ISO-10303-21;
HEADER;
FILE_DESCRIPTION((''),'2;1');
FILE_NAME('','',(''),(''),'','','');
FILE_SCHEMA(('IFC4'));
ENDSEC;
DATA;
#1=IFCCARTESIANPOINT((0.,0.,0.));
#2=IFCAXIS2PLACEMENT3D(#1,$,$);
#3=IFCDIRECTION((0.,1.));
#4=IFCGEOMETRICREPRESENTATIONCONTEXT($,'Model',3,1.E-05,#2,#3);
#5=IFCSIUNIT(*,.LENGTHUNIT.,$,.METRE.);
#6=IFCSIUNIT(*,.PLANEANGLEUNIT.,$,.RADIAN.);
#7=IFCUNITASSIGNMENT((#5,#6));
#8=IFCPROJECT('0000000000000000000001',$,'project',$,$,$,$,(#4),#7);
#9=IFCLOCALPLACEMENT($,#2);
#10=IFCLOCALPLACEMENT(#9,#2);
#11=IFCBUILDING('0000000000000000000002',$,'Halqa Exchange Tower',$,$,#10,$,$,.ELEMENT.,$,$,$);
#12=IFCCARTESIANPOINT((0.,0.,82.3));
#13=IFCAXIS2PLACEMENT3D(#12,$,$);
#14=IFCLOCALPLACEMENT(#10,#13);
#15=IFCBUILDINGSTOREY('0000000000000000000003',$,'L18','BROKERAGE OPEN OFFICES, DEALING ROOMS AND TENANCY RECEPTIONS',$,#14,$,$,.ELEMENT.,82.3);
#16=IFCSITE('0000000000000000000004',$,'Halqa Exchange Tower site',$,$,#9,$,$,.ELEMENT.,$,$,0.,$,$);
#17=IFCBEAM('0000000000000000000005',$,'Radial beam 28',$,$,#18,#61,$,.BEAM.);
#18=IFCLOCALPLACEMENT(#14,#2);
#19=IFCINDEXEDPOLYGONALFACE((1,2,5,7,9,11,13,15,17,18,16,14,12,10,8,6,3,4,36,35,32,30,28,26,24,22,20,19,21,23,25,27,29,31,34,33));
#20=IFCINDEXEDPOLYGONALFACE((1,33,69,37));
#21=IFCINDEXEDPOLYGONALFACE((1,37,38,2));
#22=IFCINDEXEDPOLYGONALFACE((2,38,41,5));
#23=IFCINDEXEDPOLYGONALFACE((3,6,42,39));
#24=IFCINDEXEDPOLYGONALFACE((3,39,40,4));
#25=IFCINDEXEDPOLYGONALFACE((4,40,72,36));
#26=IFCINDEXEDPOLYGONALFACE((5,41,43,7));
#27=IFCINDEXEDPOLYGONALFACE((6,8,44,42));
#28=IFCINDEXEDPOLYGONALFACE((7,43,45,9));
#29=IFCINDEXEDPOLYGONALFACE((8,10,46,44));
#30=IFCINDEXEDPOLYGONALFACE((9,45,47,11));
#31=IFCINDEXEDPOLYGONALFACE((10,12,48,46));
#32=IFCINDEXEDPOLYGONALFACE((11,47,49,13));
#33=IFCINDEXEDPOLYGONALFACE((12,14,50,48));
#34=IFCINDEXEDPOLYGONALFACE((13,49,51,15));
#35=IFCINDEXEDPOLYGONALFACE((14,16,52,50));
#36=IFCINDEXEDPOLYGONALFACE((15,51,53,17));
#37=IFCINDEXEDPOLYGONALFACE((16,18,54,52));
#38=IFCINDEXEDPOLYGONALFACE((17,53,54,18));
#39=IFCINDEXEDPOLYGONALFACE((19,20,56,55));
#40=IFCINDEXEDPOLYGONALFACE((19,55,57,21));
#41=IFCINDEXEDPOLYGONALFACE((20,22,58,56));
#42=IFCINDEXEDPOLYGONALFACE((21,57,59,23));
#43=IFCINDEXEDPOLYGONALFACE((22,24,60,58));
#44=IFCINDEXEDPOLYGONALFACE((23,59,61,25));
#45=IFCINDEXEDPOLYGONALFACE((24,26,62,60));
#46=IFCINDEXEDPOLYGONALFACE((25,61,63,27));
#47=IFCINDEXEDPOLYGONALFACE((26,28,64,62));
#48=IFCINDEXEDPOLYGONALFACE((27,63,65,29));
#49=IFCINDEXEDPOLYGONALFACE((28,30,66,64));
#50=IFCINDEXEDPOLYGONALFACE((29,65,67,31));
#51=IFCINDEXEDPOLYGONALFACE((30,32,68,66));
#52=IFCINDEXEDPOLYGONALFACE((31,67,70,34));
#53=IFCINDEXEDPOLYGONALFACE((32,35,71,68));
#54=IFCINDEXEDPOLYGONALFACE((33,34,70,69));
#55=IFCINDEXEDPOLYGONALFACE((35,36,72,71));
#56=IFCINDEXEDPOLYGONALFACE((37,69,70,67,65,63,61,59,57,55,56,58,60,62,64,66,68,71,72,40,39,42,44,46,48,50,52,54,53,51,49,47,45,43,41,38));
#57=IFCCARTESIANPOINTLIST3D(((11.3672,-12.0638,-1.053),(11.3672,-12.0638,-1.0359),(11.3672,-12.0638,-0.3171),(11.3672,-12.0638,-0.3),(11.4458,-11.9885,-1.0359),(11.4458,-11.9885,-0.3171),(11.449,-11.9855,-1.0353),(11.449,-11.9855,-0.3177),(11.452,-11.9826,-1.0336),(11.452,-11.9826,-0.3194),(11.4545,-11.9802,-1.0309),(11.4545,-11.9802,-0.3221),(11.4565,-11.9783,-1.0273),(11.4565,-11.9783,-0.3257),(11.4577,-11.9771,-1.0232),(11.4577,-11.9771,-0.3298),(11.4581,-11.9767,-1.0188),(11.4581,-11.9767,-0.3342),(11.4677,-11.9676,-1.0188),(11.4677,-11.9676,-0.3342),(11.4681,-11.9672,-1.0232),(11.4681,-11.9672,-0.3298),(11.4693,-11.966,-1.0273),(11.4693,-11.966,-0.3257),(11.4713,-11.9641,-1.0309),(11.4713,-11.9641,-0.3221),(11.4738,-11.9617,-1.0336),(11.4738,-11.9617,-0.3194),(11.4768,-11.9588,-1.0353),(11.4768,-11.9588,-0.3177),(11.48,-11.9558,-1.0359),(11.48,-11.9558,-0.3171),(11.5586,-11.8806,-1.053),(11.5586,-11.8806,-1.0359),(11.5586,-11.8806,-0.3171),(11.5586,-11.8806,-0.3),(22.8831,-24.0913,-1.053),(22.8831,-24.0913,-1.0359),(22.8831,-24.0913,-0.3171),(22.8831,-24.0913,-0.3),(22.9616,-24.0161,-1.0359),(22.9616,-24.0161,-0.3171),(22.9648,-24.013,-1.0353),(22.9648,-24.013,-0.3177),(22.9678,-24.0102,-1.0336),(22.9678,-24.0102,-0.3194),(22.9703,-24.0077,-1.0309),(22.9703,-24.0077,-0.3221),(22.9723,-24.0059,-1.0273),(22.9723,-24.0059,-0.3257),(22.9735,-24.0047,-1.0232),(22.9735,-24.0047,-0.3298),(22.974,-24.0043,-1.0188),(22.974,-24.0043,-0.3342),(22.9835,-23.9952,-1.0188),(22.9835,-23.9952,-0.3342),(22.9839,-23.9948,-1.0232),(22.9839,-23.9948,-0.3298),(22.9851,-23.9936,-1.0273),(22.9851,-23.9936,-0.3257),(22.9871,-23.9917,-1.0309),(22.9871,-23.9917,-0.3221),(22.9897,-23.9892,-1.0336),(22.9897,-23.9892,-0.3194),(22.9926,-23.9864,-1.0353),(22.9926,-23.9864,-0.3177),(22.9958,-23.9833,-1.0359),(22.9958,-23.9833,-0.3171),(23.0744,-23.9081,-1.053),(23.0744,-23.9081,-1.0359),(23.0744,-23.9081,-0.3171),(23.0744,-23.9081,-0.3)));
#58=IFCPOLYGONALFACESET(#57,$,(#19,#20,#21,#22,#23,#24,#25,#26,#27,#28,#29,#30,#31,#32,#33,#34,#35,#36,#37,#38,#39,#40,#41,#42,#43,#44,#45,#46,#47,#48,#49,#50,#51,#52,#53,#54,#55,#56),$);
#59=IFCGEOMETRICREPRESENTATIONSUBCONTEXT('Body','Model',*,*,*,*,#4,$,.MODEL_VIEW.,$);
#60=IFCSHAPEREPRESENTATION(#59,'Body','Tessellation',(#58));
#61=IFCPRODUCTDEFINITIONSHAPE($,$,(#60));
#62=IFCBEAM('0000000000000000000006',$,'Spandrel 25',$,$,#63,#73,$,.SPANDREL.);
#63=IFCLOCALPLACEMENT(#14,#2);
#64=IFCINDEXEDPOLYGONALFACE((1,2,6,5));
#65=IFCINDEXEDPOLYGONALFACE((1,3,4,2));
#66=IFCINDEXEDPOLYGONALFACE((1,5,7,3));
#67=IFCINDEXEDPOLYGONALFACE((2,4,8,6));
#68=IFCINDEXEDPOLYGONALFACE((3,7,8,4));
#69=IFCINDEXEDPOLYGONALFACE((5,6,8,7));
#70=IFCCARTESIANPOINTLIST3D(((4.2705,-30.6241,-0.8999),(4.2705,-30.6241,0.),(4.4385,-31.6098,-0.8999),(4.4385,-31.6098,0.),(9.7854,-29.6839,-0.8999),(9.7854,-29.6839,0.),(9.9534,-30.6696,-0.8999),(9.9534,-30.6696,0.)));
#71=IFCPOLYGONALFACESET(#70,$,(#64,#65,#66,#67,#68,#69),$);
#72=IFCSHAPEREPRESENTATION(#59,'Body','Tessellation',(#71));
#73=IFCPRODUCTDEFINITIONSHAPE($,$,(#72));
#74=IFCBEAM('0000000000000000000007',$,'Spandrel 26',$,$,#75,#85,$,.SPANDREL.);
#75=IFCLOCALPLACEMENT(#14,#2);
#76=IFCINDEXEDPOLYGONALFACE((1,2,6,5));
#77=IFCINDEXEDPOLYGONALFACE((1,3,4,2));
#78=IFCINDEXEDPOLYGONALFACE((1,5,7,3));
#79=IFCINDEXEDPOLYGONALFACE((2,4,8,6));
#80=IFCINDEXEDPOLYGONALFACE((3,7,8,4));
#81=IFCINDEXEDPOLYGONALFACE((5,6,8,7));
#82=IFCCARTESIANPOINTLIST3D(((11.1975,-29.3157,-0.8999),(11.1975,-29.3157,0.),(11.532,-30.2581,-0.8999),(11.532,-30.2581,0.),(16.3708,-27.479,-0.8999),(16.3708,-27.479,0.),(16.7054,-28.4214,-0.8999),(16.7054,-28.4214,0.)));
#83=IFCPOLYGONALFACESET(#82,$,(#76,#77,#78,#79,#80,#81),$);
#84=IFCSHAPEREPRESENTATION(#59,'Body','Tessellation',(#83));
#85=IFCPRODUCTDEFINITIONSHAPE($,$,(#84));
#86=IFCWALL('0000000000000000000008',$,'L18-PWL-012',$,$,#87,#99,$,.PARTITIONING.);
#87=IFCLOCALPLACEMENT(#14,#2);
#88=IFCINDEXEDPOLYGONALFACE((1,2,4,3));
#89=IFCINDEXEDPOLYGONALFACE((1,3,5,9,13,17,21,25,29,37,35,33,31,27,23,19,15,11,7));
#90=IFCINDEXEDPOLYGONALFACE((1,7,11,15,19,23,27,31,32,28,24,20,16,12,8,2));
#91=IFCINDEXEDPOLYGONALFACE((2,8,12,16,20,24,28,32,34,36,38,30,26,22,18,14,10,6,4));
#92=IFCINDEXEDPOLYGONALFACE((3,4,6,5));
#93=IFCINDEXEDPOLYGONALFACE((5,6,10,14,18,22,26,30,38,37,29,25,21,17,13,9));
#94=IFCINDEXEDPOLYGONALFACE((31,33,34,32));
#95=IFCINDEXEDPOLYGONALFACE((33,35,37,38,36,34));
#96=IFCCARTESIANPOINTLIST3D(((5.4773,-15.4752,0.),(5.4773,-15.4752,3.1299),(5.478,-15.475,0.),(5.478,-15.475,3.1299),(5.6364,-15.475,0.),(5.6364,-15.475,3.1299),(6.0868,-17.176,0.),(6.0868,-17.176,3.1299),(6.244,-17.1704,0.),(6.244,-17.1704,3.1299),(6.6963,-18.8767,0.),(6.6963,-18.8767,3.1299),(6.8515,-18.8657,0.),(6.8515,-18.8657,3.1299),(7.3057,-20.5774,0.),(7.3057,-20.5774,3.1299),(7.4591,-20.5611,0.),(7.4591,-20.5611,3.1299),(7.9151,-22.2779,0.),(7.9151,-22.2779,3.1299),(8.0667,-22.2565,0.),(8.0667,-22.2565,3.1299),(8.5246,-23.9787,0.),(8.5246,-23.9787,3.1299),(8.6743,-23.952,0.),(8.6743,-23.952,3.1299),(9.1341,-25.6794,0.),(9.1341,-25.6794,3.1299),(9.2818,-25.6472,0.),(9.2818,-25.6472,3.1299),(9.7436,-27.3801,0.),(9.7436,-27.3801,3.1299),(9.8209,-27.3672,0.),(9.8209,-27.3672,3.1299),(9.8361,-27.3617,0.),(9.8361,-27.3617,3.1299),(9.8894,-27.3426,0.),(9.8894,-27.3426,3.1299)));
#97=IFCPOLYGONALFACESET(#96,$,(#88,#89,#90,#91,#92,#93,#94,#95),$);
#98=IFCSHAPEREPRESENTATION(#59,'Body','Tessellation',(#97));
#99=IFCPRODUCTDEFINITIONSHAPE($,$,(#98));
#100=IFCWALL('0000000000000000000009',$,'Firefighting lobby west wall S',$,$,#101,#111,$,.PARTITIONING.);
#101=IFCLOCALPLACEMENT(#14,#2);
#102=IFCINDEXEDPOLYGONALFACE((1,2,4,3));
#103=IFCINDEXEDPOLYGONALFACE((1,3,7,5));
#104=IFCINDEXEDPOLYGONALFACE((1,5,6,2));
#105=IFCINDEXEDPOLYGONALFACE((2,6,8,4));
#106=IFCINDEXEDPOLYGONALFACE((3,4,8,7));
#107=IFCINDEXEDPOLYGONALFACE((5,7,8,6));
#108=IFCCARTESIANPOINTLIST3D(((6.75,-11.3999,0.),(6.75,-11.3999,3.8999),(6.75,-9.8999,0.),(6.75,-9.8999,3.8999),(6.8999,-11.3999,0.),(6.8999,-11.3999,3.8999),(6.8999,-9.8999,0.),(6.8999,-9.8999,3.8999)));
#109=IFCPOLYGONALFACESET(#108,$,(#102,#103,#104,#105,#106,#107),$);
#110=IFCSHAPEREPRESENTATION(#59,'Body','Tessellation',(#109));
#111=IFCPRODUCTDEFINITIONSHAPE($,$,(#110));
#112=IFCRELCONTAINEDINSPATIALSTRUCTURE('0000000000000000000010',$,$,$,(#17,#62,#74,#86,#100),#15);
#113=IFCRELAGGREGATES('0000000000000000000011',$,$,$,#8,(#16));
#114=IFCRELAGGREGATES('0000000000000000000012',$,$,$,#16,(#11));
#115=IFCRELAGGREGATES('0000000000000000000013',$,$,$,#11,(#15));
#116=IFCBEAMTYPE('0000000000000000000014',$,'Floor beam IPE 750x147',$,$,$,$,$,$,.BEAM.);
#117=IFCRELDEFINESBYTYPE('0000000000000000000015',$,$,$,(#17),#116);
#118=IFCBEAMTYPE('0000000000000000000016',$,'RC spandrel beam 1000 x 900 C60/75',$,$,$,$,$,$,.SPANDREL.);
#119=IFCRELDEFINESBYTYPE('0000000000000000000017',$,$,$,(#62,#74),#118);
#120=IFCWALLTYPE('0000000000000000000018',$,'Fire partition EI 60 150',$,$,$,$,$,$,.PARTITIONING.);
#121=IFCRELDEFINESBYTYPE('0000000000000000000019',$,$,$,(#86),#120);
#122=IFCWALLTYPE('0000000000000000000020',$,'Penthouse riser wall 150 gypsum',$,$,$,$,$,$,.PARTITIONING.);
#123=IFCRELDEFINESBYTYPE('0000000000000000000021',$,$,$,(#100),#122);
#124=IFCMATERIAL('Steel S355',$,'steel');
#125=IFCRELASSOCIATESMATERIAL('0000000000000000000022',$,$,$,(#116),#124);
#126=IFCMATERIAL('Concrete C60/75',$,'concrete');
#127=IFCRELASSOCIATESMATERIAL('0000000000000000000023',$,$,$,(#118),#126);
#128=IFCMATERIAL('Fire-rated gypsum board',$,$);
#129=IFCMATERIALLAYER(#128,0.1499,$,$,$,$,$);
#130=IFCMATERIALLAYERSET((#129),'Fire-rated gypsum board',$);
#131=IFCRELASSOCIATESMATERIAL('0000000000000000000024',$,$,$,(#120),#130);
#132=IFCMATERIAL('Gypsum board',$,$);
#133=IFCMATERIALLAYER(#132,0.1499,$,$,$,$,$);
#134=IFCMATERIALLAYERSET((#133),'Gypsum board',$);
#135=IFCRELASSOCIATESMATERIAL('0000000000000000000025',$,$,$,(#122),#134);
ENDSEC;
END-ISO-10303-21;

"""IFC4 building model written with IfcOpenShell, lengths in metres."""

from ifc_helpers import new_model, si_unit, direction, frame, frame_2d, origin, origin_2d, place, context, subcontext, project, spatial, polyline, rectangle, i_section, outline, extrude, material, layer, layer_set, material_profile, profile_set, type_object, element, save


model = new_model("IFC4")

# Units and contexts
model_context = context("Model", 3, precision=1e-05, world=origin(), true_north=direction((0.0, 1.0)))
body_context = subcontext(model_context, "Body", "Model", "MODEL_VIEW")
ifc_project = project(units=[si_unit("LENGTHUNIT", "METRE"), si_unit("PLANEANGLEUNIT", "RADIAN")], contexts=[model_context])

# Site, building, storey
site_placement = place(None, origin())
site = spatial("IfcSite", under=ifc_project, at=site_placement, Name="Halqa Exchange Tower site", CompositionType="ELEMENT", RefElevation=0.0)
building_placement = place(site_placement, origin())
building = spatial("IfcBuilding", under=site, at=building_placement, Name="Halqa Exchange Tower", CompositionType="ELEMENT")
storey_placement = place(building_placement, frame((0.0, 0.0, 82.3)))
storey = spatial("IfcBuildingStorey", under=building, at=storey_placement, Name="L18", Description="BROKERAGE OPEN OFFICES, DEALING ROOMS AND TENANCY RECEPTIONS", CompositionType="ELEMENT", Elevation=82.3)

# Beams
ifc_material_1 = material(Name="Steel S355", Category="steel")
ifc_material_profile_1 = material_profile(ifc_material_1, i_section(OverallWidth=0.2649, OverallDepth=0.7529, WebThickness=0.0132, FlangeThickness=0.0171, FilletRadius=0.0171, at=origin_2d()), Name="IPE 750x147")
ifc_profile_set_1 = profile_set([ifc_material_profile_1], Name="Steel S355")
beam_type_1 = type_object("IfcBeamType", Name="Floor beam IPE 750x147", PredefinedType="BEAM", material=ifc_profile_set_1)
beam_1_placement = place(storey_placement, frame((11.4629, -11.9722, -0.6765), z_axis=(0.691574, -0.722305, 0.0), x_axis=(0.722305, 0.691574, 0.0)))
element("IfcBeam", 1, at=beam_1_placement, inside=storey, type_object=beam_type_1, Name="Radial beam 28", PredefinedType="BEAM", context=body_context, shape_type="SweptSolid", body=[
    extrude(i_section(OverallWidth=0.2649, OverallDepth=0.7529, WebThickness=0.0132, FlangeThickness=0.0171, FilletRadius=0.0171, at=origin_2d()), origin(), (0.0, 0.0, 1.0), 16.6516),
])
ifc_material_2 = material(Name="Concrete C60/75", Category="concrete")
ifc_material_profile_2 = material_profile(ifc_material_2, rectangle(XDim=1.0, YDim=0.8999, at=origin_2d()), Name="1000 x 900")
ifc_profile_set_2 = profile_set([ifc_material_profile_2], Name="Concrete C60/75")
beam_type_2 = type_object("IfcBeamType", Name="RC spandrel beam 1000 x 900 C60/75", PredefinedType="SPANDREL", material=ifc_profile_set_2)
beam_2_placement = place(storey_placement, frame((4.3545, -31.1169, -0.45), z_axis=(0.985777, 0.168057, 0.0), x_axis=(-0.168057, 0.985777, 0.0)))
element("IfcBeam", 2, at=beam_2_placement, inside=storey, type_object=beam_type_2, Name="Spandrel 25", PredefinedType="SPANDREL", context=body_context, shape_type="SweptSolid", body=[
    extrude(rectangle(XDim=1.0, YDim=0.8999, at=origin_2d()), origin(), (0.0, 0.0, 1.0), 5.5945),
])
beam_3_placement = place(storey_placement, frame((11.3647, -29.7869, -0.45), z_axis=(0.942372, 0.334567, 0.0), x_axis=(-0.334567, 0.942372, 0.0)))
element("IfcBeam", 3, at=beam_3_placement, inside=storey, type_object=beam_type_2, Name="Spandrel 26", PredefinedType="SPANDREL", context=body_context, shape_type="SweptSolid", body=[
    extrude(rectangle(XDim=1.0, YDim=0.8999, at=origin_2d()), origin(), (0.0, 0.0, 1.0), 5.4897),
])

# Walls
ifc_material_3 = material(Name="Fire-rated gypsum board")
ifc_layer_1 = layer(ifc_material_3, 0.1499)
ifc_layer_set_1 = layer_set([ifc_layer_1], Name="Fire-rated gypsum board")
wall_type_1 = type_object("IfcWallType", Name="Fire partition EI 60 150", PredefinedType="PARTITIONING", material=ifc_layer_set_1)
wall_1_placement = place(storey_placement, frame((5.5479, -15.45, 0.0), z_axis=(0.0, 0.0, 1.0), x_axis=(0.337357, -0.941377, 0.0)))
element("IfcWall", 4, at=wall_1_placement, inside=storey, type_object=wall_type_1, Name="L18-PWL-012", PredefinedType="PARTITIONING", context=body_context, shape_type="SweptSolid", body=[
    extrude(outline(polyline([(0.0, -0.075), (1.8066, -0.075), (3.6133, -0.075), (5.4199, -0.075), (7.2263, -0.075), (9.033, -0.075), (10.8396, -0.075), (12.6462, -0.075), (12.6602, 0.0022), (12.6602, 0.0183), (12.6602, 0.075), (10.8591, 0.075), (9.0583, 0.075), (7.2573, 0.075), (5.4563, 0.075), (3.6553, 0.075), (1.8545, 0.075), (0.0535, 0.075), (0.0, -0.0742), (0.0, -0.075)])), origin(), (0.0, 0.0, 1.0), 3.1299),
])
ifc_material_4 = material(Name="Gypsum board")
ifc_layer_2 = layer(ifc_material_4, 0.1499)
ifc_layer_set_2 = layer_set([ifc_layer_2], Name="Gypsum board")
wall_type_2 = type_object("IfcWallType", Name="Penthouse riser wall 150 gypsum", PredefinedType="PARTITIONING", material=ifc_layer_set_2)
wall_2_placement = place(storey_placement, frame((6.825, -11.3999, 0.0), z_axis=(0.0, 0.0, 1.0), x_axis=(0.0, 1.0, 0.0)))
element("IfcWall", 5, at=wall_2_placement, inside=storey, type_object=wall_type_2, Name="Firefighting lobby west wall S", PredefinedType="PARTITIONING", context=body_context, shape_type="SweptSolid", body=[
    extrude(rectangle(XDim=1.5, YDim=0.1499, at=frame_2d((0.75, 0.0))), origin(), (0.0, 0.0, 1.0), 3.8999),
])

save(model, "model.ifc")
